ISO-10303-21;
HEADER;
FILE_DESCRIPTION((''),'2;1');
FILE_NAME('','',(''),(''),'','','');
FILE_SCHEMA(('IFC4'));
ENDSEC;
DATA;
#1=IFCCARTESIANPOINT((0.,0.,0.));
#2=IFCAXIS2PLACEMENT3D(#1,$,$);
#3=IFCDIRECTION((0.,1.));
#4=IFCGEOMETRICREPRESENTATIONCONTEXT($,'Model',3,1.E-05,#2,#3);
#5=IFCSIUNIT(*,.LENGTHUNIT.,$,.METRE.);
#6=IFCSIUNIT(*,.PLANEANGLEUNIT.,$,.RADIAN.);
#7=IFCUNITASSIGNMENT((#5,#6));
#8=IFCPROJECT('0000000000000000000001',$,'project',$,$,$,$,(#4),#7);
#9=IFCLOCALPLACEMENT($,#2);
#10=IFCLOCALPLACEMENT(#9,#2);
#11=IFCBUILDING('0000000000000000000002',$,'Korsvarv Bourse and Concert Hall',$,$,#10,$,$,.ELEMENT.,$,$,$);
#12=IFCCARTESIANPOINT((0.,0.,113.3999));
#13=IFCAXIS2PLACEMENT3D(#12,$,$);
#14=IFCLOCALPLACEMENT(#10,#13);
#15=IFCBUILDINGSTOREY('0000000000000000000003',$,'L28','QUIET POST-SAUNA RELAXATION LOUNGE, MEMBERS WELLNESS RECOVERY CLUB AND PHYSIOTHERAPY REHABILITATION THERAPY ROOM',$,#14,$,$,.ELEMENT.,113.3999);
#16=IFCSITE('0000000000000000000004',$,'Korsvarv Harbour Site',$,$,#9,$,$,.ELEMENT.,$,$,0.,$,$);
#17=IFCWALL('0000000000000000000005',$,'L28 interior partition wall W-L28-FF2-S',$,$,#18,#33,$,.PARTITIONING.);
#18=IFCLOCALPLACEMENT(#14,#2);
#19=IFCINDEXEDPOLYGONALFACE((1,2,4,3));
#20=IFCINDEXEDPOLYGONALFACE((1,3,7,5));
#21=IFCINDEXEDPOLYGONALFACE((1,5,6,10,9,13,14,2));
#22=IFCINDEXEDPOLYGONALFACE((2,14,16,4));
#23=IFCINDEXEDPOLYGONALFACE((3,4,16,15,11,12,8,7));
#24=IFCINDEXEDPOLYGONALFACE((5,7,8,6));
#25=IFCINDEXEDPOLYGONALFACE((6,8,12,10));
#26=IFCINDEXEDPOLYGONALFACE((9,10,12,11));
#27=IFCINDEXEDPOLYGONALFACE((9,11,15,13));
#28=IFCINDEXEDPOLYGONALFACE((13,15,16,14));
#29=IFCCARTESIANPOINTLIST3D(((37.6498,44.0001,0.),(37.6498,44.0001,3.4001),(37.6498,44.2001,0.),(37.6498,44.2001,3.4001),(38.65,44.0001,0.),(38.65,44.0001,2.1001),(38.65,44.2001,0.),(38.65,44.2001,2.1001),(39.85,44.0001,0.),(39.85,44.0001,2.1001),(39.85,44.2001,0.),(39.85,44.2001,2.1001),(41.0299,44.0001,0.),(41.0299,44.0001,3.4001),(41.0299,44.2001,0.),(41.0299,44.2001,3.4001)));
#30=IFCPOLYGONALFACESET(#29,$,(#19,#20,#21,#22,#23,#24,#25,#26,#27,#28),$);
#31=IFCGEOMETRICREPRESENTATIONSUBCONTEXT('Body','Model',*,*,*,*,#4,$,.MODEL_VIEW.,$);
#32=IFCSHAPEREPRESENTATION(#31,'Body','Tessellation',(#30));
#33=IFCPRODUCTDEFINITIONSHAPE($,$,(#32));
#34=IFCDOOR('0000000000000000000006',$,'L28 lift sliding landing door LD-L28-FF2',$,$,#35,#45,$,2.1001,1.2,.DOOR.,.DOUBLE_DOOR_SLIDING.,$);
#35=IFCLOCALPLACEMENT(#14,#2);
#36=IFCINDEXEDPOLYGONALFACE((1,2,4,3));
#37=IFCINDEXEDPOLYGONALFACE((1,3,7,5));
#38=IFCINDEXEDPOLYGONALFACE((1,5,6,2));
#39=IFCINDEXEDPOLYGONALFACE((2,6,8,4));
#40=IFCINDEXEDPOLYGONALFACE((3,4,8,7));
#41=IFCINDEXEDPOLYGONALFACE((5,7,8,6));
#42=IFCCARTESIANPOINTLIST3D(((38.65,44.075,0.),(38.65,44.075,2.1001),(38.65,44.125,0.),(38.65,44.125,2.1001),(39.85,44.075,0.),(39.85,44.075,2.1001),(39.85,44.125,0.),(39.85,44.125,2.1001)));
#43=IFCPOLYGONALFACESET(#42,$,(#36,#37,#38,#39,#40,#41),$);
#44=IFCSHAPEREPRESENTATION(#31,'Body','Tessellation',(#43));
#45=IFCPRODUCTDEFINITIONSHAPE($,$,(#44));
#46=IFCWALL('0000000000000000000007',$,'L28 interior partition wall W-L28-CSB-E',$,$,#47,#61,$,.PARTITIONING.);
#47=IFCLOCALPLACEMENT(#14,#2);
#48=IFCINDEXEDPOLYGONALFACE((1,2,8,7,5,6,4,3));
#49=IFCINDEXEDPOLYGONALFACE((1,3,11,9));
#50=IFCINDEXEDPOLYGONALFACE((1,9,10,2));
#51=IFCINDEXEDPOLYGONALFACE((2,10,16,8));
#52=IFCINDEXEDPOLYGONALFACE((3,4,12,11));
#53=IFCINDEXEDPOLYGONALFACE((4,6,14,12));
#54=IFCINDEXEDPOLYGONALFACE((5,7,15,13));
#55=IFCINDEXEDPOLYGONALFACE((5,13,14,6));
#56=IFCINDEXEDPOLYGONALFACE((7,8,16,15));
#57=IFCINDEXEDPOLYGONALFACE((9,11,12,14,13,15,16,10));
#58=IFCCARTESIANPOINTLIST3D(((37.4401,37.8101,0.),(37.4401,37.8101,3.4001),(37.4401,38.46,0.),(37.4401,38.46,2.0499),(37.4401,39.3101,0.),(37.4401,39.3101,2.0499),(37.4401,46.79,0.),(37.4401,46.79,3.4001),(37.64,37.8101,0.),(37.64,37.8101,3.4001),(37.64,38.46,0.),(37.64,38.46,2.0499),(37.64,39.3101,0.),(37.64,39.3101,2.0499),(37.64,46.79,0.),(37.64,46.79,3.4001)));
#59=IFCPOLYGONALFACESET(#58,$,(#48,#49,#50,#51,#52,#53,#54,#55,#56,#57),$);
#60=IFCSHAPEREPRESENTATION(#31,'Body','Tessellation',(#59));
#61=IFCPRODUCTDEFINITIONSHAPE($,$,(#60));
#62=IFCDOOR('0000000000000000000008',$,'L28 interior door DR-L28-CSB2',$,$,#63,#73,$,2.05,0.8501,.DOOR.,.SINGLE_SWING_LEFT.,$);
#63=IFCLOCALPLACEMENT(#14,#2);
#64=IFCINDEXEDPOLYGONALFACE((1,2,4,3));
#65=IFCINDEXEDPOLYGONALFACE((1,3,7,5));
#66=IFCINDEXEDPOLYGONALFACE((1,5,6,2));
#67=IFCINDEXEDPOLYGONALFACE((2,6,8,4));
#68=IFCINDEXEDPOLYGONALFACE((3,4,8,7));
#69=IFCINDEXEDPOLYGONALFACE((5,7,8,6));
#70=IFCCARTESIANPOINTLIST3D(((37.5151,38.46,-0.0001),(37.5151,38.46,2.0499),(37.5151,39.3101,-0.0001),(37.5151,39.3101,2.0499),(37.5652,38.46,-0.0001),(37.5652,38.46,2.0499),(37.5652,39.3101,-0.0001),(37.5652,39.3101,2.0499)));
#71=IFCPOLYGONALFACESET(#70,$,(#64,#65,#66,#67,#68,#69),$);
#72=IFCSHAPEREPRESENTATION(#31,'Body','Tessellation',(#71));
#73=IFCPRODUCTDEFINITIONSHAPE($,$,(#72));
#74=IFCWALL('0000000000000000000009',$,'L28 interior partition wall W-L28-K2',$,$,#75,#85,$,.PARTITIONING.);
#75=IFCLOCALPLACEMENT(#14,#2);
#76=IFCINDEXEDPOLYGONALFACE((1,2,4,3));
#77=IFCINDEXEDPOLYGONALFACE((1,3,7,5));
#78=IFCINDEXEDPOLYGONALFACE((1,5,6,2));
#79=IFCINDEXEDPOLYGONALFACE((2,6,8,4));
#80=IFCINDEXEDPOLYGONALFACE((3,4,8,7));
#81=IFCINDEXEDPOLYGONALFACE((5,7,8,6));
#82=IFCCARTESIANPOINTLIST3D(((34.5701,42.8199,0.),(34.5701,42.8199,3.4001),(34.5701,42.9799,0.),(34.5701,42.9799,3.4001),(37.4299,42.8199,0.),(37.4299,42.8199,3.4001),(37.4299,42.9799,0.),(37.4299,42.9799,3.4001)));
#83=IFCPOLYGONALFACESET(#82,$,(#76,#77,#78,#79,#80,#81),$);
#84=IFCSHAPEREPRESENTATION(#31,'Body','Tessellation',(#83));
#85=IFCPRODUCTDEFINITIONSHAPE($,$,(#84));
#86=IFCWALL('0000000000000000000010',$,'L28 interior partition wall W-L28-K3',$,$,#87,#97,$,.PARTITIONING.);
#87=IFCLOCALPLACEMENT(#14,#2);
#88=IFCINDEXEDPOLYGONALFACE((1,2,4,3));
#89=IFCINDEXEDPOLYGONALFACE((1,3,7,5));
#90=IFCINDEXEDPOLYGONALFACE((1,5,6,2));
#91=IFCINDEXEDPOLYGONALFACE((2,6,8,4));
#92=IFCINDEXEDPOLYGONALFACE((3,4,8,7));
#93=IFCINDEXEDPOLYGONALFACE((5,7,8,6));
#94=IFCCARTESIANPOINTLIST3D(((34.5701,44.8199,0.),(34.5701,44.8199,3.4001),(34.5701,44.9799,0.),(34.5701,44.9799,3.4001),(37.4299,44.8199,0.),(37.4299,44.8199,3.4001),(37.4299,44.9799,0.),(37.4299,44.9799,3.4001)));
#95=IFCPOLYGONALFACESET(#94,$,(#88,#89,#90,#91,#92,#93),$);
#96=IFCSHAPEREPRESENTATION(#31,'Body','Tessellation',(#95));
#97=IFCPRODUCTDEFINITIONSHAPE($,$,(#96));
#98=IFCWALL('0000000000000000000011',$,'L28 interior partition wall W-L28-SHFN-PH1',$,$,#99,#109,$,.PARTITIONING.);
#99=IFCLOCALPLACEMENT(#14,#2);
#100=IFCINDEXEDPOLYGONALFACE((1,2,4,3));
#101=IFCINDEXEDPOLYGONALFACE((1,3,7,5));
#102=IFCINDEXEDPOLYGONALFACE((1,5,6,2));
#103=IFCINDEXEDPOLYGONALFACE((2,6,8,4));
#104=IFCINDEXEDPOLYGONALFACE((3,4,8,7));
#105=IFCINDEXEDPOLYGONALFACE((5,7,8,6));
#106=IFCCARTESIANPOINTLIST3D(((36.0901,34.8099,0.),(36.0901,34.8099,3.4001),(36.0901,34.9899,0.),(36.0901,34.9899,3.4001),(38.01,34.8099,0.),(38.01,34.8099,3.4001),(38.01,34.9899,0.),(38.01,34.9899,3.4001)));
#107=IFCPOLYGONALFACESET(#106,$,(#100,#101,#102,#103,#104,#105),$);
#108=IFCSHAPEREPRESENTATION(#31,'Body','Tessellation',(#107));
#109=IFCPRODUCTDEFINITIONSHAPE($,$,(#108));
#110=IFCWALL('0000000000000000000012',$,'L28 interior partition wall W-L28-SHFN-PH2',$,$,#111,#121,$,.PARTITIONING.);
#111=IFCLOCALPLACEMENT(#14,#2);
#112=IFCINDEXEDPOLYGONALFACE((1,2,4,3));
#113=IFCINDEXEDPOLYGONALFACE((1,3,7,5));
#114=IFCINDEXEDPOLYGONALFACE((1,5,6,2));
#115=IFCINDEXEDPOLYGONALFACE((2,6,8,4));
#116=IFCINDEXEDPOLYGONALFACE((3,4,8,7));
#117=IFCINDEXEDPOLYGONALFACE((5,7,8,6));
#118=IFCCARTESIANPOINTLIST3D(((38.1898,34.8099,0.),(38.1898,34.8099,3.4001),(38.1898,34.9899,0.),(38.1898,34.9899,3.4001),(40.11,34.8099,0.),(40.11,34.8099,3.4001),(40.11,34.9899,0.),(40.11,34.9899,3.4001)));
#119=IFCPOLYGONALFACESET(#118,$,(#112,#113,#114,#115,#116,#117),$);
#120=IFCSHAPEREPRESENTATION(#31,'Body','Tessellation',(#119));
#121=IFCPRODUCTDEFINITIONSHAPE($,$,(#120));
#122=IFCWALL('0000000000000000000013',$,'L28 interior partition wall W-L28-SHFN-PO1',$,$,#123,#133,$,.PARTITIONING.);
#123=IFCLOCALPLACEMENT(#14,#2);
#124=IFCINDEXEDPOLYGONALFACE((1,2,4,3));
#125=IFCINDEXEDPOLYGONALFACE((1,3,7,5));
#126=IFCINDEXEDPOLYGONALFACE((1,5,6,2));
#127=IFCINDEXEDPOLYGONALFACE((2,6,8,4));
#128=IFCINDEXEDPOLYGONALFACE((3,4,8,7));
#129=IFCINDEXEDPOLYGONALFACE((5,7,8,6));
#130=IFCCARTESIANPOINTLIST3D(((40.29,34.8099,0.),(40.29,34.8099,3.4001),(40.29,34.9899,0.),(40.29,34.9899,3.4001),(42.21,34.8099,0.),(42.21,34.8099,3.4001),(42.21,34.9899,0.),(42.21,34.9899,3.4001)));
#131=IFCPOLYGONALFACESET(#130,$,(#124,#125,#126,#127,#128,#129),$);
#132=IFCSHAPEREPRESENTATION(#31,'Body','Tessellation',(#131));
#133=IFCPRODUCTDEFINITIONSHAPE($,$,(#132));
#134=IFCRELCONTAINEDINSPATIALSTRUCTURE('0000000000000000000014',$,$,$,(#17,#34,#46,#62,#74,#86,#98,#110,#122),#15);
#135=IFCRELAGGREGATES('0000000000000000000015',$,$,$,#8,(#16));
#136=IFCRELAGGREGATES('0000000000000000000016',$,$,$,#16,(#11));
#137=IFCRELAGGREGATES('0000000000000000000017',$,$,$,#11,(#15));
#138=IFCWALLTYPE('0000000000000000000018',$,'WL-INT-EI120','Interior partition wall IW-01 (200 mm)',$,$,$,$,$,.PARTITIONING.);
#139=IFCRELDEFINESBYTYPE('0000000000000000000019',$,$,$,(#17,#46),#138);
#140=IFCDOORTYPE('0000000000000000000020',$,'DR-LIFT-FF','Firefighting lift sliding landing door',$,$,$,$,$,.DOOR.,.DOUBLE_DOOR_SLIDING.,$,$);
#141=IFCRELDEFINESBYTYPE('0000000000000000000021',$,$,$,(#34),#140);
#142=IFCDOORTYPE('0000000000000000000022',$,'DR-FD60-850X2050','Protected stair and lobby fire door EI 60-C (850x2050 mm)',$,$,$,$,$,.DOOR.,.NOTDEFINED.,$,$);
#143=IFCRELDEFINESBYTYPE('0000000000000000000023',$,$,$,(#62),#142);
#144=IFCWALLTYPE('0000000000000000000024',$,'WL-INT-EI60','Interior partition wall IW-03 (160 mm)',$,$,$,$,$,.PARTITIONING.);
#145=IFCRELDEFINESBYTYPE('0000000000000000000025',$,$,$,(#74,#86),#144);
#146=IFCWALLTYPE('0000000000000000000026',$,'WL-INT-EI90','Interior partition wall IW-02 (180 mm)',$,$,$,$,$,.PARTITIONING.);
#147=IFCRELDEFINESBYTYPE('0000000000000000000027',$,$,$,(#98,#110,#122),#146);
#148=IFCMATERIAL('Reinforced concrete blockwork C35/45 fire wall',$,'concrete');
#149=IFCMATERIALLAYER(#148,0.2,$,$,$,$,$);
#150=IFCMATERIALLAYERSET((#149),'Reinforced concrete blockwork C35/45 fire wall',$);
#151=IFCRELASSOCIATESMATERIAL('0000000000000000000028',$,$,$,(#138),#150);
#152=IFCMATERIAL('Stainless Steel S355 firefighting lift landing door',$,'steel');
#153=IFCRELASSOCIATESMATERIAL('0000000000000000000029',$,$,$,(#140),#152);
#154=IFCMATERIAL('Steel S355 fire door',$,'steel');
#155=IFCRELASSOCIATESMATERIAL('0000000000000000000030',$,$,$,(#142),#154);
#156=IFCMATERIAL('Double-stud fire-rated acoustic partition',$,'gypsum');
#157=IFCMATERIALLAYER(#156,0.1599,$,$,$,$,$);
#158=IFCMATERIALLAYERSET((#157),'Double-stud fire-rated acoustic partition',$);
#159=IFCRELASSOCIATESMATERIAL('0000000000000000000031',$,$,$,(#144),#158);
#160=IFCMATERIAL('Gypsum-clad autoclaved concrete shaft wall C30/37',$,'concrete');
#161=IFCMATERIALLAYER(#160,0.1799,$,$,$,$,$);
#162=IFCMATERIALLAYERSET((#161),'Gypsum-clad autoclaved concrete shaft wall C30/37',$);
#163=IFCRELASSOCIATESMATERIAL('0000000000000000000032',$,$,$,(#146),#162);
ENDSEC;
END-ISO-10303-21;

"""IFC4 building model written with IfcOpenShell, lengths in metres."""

from ifc_helpers import new_model, si_unit, direction, frame, frame_2d, origin, place, context, subcontext, project, spatial, rectangle, extrude, material, layer, layer_set, type_object, element, fill, save


model = new_model("IFC4")

# Units and contexts
model_context = context("Model", 3, precision=1e-05, world=origin(), true_north=direction((0.0, 1.0)))
body_context = subcontext(model_context, "Body", "Model", "MODEL_VIEW")
ifc_project = project(units=[si_unit("LENGTHUNIT", "METRE"), si_unit("PLANEANGLEUNIT", "RADIAN")], contexts=[model_context])

# Site, building, storey
site_placement = place(None, origin())
site = spatial("IfcSite", under=ifc_project, at=site_placement, Name="Korsvarv Harbour Site", CompositionType="ELEMENT", RefElevation=0.0)
building_placement = place(site_placement, origin())
building = spatial("IfcBuilding", under=site, at=building_placement, Name="Korsvarv Bourse and Concert Hall", CompositionType="ELEMENT")
storey_placement = place(building_placement, frame((0.0, 0.0, 113.3999)))
storey = spatial("IfcBuildingStorey", under=building, at=storey_placement, Name="L28", Description="QUIET POST-SAUNA RELAXATION LOUNGE, MEMBERS WELLNESS RECOVERY CLUB AND PHYSIOTHERAPY REHABILITATION THERAPY ROOM", CompositionType="ELEMENT", Elevation=113.3999)

# Shared definitions
ifc_material_1 = material(Name="Steel S355 fire door", Category="steel")

# Walls, openings, doors
ifc_material_2 = material(Name="Reinforced concrete blockwork C35/45 fire wall", Category="concrete")
ifc_layer_1 = layer(ifc_material_2, 0.2)
ifc_layer_set_1 = layer_set([ifc_layer_1], Name="Reinforced concrete blockwork C35/45 fire wall")
wall_type_1 = type_object("IfcWallType", Name="WL-INT-EI120", Description="Interior partition wall IW-01 (200 mm)", PredefinedType="PARTITIONING", material=ifc_layer_set_1)
wall_1_placement = place(storey_placement, frame((37.6499, 44.1001, 0.0), z_axis=(0.0, 0.0, 1.0), x_axis=(1.0, 0.0, 0.0)))
wall_1 = element("IfcWall", 1, at=wall_1_placement, inside=storey, type_object=wall_type_1, Name="L28 interior partition wall W-L28-FF2-S", PredefinedType="PARTITIONING", context=body_context, shape_type="SweptSolid", body=[
    extrude(rectangle(XDim=3.3801, YDim=0.2, at=frame_2d((1.6899, 0.0))), origin(), (0.0, 0.0, 1.0), 3.4001),
])
opening_1_placement = place(wall_1_placement, frame((1.0, 0.0, 0.0)))
opening_1 = element("IfcOpeningElement", 2, at=opening_1_placement, cuts=wall_1, PredefinedType="OPENING", context=body_context, shape_type="SweptSolid", body=[
    extrude(rectangle(XDim=1.2, YDim=2.1001, at=frame_2d((0.6001, 1.05))), frame((0.0, 0.1099, 0.0), z_axis=(0.0, -1.0, 0.0), x_axis=(1.0, 0.0, 0.0)), (0.0, 0.0, 1.0), 0.22),
])
ifc_material_3 = material(Name="Stainless Steel S355 firefighting lift landing door", Category="steel")
door_type_1 = type_object("IfcDoorType", Name="DR-LIFT-FF", Description="Firefighting lift sliding landing door", OperationType="DOUBLE_DOOR_SLIDING", PredefinedType="DOOR", material=ifc_material_3)
door_1_placement = place(opening_1_placement, origin())
door_1 = element("IfcDoor", 3, at=door_1_placement, inside=storey, type_object=door_type_1, Name="L28 lift sliding landing door LD-L28-FF2", OperationType="DOUBLE_DOOR_SLIDING", OverallHeight=2.1001, OverallWidth=1.2, PredefinedType="DOOR", context=body_context, shape_type="SweptSolid", body=[
    extrude(rectangle(XDim=1.2, YDim=2.1001, at=frame_2d((0.6001, 1.05))), frame((0.0, 0.0249, 0.0), z_axis=(0.0, -1.0, 0.0), x_axis=(1.0, 0.0, 0.0)), (0.0, 0.0, 1.0), 0.05),
])
fill(opening_1, door_1)
wall_2_placement = place(storey_placement, frame((37.54, 37.8101, 0.0), z_axis=(0.0, 0.0, 1.0), x_axis=(0.0, 1.0, 0.0)))
wall_2 = element("IfcWall", 4, at=wall_2_placement, inside=storey, type_object=wall_type_1, Name="L28 interior partition wall W-L28-CSB-E", PredefinedType="PARTITIONING", context=body_context, shape_type="SweptSolid", body=[
    extrude(rectangle(XDim=8.98, YDim=0.2, at=frame_2d((4.49, 0.0))), origin(), (0.0, 0.0, 1.0), 3.4001),
])
opening_2_placement = place(wall_2_placement, frame((0.6499, 0.0, 0.0)))
opening_2 = element("IfcOpeningElement", 5, at=opening_2_placement, cuts=wall_2, PredefinedType="OPENING", context=body_context, shape_type="SweptSolid", body=[
    extrude(rectangle(XDim=0.8501, YDim=2.05, at=frame_2d((0.425, 1.0249))), frame((0.0, 0.1099, 0.0), z_axis=(0.0, -1.0, 0.0), x_axis=(1.0, 0.0, 0.0)), (0.0, 0.0, 1.0), 0.22),
])
door_type_2 = type_object("IfcDoorType", Name="DR-FD60-850X2050", Description="Protected stair and lobby fire door EI 60-C (850x2050 mm)", OperationType="NOTDEFINED", PredefinedType="DOOR", material=ifc_material_1)
door_2_placement = place(opening_2_placement, origin())
door_2 = element("IfcDoor", 6, at=door_2_placement, inside=storey, type_object=door_type_2, Name="L28 interior door DR-L28-CSB2", OperationType="SINGLE_SWING_LEFT", OverallHeight=2.05, OverallWidth=0.8501, PredefinedType="DOOR", context=body_context, shape_type="SweptSolid", body=[
    extrude(rectangle(XDim=0.8501, YDim=2.05, at=frame_2d((0.425, 1.0249))), frame((0.0, 0.0249, 0.0), z_axis=(0.0, -1.0, 0.0), x_axis=(1.0, 0.0, 0.0)), (0.0, 0.0, 1.0), 0.05),
])
fill(opening_2, door_2)

# Walls
ifc_material_4 = material(Name="Double-stud fire-rated acoustic partition", Category="gypsum")
ifc_layer_2 = layer(ifc_material_4, 0.1599)
ifc_layer_set_2 = layer_set([ifc_layer_2], Name="Double-stud fire-rated acoustic partition")
wall_type_2 = type_object("IfcWallType", Name="WL-INT-EI60", Description="Interior partition wall IW-03 (160 mm)", PredefinedType="PARTITIONING", material=ifc_layer_set_2)
for number, where, z_axis, x_axis, name in (
    (7, (34.5701, 42.8999, 0.0), (0.0, 0.0, 1.0), (1.0, 0.0, 0.0), "L28 interior partition wall W-L28-K2"),
    (8, (34.5701, 44.8999, 0.0), (0.0, 0.0, 1.0), (1.0, 0.0, 0.0), "L28 interior partition wall W-L28-K3"),
):
    element("IfcWall", number, at=place(storey_placement, frame(where, z_axis=z_axis, x_axis=x_axis)), inside=storey, type_object=wall_type_2, Name=name, PredefinedType="PARTITIONING", context=body_context, shape_type="SweptSolid", body=[
        extrude(rectangle(XDim=2.8599, YDim=0.1599, at=frame_2d((1.4299, 0.0))), origin(), (0.0, 0.0, 1.0), 3.4001),
    ])
ifc_material_5 = material(Name="Gypsum-clad autoclaved concrete shaft wall C30/37", Category="concrete")
ifc_layer_3 = layer(ifc_material_5, 0.1799)
ifc_layer_set_3 = layer_set([ifc_layer_3], Name="Gypsum-clad autoclaved concrete shaft wall C30/37")
wall_type_3 = type_object("IfcWallType", Name="WL-INT-EI90", Description="Interior partition wall IW-02 (180 mm)", PredefinedType="PARTITIONING", material=ifc_layer_set_3)
wall_3_placement = place(storey_placement, frame((36.0901, 34.8999, 0.0), z_axis=(0.0, 0.0, 1.0), x_axis=(1.0, 0.0, 0.0)))
element("IfcWall", 9, at=wall_3_placement, inside=storey, type_object=wall_type_3, Name="L28 interior partition wall W-L28-SHFN-PH1", PredefinedType="PARTITIONING", context=body_context, shape_type="SweptSolid", body=[
    extrude(rectangle(XDim=1.9199, YDim=0.1799, at=frame_2d((0.96, 0.0))), origin(), (0.0, 0.0, 1.0), 3.4001),
])
wall_4_placement = place(storey_placement, frame((38.1899, 34.8999, 0.0), z_axis=(0.0, 0.0, 1.0), x_axis=(1.0, 0.0, 0.0)))
element("IfcWall", 10, at=wall_4_placement, inside=storey, type_object=wall_type_3, Name="L28 interior partition wall W-L28-SHFN-PH2", PredefinedType="PARTITIONING", context=body_context, shape_type="SweptSolid", body=[
    extrude(rectangle(XDim=1.9202, YDim=0.1799, at=frame_2d((0.96, 0.0))), origin(), (0.0, 0.0, 1.0), 3.4001),
])
wall_5_placement = place(storey_placement, frame((40.29, 34.8999, 0.0), z_axis=(0.0, 0.0, 1.0), x_axis=(1.0, 0.0, 0.0)))
element("IfcWall", 11, at=wall_5_placement, inside=storey, type_object=wall_type_3, Name="L28 interior partition wall W-L28-SHFN-PO1", PredefinedType="PARTITIONING", context=body_context, shape_type="SweptSolid", body=[
    extrude(rectangle(XDim=1.9199, YDim=0.1799, at=frame_2d((0.96, 0.0))), origin(), (0.0, 0.0, 1.0), 3.4001),
])

save(model, "model.ifc")
